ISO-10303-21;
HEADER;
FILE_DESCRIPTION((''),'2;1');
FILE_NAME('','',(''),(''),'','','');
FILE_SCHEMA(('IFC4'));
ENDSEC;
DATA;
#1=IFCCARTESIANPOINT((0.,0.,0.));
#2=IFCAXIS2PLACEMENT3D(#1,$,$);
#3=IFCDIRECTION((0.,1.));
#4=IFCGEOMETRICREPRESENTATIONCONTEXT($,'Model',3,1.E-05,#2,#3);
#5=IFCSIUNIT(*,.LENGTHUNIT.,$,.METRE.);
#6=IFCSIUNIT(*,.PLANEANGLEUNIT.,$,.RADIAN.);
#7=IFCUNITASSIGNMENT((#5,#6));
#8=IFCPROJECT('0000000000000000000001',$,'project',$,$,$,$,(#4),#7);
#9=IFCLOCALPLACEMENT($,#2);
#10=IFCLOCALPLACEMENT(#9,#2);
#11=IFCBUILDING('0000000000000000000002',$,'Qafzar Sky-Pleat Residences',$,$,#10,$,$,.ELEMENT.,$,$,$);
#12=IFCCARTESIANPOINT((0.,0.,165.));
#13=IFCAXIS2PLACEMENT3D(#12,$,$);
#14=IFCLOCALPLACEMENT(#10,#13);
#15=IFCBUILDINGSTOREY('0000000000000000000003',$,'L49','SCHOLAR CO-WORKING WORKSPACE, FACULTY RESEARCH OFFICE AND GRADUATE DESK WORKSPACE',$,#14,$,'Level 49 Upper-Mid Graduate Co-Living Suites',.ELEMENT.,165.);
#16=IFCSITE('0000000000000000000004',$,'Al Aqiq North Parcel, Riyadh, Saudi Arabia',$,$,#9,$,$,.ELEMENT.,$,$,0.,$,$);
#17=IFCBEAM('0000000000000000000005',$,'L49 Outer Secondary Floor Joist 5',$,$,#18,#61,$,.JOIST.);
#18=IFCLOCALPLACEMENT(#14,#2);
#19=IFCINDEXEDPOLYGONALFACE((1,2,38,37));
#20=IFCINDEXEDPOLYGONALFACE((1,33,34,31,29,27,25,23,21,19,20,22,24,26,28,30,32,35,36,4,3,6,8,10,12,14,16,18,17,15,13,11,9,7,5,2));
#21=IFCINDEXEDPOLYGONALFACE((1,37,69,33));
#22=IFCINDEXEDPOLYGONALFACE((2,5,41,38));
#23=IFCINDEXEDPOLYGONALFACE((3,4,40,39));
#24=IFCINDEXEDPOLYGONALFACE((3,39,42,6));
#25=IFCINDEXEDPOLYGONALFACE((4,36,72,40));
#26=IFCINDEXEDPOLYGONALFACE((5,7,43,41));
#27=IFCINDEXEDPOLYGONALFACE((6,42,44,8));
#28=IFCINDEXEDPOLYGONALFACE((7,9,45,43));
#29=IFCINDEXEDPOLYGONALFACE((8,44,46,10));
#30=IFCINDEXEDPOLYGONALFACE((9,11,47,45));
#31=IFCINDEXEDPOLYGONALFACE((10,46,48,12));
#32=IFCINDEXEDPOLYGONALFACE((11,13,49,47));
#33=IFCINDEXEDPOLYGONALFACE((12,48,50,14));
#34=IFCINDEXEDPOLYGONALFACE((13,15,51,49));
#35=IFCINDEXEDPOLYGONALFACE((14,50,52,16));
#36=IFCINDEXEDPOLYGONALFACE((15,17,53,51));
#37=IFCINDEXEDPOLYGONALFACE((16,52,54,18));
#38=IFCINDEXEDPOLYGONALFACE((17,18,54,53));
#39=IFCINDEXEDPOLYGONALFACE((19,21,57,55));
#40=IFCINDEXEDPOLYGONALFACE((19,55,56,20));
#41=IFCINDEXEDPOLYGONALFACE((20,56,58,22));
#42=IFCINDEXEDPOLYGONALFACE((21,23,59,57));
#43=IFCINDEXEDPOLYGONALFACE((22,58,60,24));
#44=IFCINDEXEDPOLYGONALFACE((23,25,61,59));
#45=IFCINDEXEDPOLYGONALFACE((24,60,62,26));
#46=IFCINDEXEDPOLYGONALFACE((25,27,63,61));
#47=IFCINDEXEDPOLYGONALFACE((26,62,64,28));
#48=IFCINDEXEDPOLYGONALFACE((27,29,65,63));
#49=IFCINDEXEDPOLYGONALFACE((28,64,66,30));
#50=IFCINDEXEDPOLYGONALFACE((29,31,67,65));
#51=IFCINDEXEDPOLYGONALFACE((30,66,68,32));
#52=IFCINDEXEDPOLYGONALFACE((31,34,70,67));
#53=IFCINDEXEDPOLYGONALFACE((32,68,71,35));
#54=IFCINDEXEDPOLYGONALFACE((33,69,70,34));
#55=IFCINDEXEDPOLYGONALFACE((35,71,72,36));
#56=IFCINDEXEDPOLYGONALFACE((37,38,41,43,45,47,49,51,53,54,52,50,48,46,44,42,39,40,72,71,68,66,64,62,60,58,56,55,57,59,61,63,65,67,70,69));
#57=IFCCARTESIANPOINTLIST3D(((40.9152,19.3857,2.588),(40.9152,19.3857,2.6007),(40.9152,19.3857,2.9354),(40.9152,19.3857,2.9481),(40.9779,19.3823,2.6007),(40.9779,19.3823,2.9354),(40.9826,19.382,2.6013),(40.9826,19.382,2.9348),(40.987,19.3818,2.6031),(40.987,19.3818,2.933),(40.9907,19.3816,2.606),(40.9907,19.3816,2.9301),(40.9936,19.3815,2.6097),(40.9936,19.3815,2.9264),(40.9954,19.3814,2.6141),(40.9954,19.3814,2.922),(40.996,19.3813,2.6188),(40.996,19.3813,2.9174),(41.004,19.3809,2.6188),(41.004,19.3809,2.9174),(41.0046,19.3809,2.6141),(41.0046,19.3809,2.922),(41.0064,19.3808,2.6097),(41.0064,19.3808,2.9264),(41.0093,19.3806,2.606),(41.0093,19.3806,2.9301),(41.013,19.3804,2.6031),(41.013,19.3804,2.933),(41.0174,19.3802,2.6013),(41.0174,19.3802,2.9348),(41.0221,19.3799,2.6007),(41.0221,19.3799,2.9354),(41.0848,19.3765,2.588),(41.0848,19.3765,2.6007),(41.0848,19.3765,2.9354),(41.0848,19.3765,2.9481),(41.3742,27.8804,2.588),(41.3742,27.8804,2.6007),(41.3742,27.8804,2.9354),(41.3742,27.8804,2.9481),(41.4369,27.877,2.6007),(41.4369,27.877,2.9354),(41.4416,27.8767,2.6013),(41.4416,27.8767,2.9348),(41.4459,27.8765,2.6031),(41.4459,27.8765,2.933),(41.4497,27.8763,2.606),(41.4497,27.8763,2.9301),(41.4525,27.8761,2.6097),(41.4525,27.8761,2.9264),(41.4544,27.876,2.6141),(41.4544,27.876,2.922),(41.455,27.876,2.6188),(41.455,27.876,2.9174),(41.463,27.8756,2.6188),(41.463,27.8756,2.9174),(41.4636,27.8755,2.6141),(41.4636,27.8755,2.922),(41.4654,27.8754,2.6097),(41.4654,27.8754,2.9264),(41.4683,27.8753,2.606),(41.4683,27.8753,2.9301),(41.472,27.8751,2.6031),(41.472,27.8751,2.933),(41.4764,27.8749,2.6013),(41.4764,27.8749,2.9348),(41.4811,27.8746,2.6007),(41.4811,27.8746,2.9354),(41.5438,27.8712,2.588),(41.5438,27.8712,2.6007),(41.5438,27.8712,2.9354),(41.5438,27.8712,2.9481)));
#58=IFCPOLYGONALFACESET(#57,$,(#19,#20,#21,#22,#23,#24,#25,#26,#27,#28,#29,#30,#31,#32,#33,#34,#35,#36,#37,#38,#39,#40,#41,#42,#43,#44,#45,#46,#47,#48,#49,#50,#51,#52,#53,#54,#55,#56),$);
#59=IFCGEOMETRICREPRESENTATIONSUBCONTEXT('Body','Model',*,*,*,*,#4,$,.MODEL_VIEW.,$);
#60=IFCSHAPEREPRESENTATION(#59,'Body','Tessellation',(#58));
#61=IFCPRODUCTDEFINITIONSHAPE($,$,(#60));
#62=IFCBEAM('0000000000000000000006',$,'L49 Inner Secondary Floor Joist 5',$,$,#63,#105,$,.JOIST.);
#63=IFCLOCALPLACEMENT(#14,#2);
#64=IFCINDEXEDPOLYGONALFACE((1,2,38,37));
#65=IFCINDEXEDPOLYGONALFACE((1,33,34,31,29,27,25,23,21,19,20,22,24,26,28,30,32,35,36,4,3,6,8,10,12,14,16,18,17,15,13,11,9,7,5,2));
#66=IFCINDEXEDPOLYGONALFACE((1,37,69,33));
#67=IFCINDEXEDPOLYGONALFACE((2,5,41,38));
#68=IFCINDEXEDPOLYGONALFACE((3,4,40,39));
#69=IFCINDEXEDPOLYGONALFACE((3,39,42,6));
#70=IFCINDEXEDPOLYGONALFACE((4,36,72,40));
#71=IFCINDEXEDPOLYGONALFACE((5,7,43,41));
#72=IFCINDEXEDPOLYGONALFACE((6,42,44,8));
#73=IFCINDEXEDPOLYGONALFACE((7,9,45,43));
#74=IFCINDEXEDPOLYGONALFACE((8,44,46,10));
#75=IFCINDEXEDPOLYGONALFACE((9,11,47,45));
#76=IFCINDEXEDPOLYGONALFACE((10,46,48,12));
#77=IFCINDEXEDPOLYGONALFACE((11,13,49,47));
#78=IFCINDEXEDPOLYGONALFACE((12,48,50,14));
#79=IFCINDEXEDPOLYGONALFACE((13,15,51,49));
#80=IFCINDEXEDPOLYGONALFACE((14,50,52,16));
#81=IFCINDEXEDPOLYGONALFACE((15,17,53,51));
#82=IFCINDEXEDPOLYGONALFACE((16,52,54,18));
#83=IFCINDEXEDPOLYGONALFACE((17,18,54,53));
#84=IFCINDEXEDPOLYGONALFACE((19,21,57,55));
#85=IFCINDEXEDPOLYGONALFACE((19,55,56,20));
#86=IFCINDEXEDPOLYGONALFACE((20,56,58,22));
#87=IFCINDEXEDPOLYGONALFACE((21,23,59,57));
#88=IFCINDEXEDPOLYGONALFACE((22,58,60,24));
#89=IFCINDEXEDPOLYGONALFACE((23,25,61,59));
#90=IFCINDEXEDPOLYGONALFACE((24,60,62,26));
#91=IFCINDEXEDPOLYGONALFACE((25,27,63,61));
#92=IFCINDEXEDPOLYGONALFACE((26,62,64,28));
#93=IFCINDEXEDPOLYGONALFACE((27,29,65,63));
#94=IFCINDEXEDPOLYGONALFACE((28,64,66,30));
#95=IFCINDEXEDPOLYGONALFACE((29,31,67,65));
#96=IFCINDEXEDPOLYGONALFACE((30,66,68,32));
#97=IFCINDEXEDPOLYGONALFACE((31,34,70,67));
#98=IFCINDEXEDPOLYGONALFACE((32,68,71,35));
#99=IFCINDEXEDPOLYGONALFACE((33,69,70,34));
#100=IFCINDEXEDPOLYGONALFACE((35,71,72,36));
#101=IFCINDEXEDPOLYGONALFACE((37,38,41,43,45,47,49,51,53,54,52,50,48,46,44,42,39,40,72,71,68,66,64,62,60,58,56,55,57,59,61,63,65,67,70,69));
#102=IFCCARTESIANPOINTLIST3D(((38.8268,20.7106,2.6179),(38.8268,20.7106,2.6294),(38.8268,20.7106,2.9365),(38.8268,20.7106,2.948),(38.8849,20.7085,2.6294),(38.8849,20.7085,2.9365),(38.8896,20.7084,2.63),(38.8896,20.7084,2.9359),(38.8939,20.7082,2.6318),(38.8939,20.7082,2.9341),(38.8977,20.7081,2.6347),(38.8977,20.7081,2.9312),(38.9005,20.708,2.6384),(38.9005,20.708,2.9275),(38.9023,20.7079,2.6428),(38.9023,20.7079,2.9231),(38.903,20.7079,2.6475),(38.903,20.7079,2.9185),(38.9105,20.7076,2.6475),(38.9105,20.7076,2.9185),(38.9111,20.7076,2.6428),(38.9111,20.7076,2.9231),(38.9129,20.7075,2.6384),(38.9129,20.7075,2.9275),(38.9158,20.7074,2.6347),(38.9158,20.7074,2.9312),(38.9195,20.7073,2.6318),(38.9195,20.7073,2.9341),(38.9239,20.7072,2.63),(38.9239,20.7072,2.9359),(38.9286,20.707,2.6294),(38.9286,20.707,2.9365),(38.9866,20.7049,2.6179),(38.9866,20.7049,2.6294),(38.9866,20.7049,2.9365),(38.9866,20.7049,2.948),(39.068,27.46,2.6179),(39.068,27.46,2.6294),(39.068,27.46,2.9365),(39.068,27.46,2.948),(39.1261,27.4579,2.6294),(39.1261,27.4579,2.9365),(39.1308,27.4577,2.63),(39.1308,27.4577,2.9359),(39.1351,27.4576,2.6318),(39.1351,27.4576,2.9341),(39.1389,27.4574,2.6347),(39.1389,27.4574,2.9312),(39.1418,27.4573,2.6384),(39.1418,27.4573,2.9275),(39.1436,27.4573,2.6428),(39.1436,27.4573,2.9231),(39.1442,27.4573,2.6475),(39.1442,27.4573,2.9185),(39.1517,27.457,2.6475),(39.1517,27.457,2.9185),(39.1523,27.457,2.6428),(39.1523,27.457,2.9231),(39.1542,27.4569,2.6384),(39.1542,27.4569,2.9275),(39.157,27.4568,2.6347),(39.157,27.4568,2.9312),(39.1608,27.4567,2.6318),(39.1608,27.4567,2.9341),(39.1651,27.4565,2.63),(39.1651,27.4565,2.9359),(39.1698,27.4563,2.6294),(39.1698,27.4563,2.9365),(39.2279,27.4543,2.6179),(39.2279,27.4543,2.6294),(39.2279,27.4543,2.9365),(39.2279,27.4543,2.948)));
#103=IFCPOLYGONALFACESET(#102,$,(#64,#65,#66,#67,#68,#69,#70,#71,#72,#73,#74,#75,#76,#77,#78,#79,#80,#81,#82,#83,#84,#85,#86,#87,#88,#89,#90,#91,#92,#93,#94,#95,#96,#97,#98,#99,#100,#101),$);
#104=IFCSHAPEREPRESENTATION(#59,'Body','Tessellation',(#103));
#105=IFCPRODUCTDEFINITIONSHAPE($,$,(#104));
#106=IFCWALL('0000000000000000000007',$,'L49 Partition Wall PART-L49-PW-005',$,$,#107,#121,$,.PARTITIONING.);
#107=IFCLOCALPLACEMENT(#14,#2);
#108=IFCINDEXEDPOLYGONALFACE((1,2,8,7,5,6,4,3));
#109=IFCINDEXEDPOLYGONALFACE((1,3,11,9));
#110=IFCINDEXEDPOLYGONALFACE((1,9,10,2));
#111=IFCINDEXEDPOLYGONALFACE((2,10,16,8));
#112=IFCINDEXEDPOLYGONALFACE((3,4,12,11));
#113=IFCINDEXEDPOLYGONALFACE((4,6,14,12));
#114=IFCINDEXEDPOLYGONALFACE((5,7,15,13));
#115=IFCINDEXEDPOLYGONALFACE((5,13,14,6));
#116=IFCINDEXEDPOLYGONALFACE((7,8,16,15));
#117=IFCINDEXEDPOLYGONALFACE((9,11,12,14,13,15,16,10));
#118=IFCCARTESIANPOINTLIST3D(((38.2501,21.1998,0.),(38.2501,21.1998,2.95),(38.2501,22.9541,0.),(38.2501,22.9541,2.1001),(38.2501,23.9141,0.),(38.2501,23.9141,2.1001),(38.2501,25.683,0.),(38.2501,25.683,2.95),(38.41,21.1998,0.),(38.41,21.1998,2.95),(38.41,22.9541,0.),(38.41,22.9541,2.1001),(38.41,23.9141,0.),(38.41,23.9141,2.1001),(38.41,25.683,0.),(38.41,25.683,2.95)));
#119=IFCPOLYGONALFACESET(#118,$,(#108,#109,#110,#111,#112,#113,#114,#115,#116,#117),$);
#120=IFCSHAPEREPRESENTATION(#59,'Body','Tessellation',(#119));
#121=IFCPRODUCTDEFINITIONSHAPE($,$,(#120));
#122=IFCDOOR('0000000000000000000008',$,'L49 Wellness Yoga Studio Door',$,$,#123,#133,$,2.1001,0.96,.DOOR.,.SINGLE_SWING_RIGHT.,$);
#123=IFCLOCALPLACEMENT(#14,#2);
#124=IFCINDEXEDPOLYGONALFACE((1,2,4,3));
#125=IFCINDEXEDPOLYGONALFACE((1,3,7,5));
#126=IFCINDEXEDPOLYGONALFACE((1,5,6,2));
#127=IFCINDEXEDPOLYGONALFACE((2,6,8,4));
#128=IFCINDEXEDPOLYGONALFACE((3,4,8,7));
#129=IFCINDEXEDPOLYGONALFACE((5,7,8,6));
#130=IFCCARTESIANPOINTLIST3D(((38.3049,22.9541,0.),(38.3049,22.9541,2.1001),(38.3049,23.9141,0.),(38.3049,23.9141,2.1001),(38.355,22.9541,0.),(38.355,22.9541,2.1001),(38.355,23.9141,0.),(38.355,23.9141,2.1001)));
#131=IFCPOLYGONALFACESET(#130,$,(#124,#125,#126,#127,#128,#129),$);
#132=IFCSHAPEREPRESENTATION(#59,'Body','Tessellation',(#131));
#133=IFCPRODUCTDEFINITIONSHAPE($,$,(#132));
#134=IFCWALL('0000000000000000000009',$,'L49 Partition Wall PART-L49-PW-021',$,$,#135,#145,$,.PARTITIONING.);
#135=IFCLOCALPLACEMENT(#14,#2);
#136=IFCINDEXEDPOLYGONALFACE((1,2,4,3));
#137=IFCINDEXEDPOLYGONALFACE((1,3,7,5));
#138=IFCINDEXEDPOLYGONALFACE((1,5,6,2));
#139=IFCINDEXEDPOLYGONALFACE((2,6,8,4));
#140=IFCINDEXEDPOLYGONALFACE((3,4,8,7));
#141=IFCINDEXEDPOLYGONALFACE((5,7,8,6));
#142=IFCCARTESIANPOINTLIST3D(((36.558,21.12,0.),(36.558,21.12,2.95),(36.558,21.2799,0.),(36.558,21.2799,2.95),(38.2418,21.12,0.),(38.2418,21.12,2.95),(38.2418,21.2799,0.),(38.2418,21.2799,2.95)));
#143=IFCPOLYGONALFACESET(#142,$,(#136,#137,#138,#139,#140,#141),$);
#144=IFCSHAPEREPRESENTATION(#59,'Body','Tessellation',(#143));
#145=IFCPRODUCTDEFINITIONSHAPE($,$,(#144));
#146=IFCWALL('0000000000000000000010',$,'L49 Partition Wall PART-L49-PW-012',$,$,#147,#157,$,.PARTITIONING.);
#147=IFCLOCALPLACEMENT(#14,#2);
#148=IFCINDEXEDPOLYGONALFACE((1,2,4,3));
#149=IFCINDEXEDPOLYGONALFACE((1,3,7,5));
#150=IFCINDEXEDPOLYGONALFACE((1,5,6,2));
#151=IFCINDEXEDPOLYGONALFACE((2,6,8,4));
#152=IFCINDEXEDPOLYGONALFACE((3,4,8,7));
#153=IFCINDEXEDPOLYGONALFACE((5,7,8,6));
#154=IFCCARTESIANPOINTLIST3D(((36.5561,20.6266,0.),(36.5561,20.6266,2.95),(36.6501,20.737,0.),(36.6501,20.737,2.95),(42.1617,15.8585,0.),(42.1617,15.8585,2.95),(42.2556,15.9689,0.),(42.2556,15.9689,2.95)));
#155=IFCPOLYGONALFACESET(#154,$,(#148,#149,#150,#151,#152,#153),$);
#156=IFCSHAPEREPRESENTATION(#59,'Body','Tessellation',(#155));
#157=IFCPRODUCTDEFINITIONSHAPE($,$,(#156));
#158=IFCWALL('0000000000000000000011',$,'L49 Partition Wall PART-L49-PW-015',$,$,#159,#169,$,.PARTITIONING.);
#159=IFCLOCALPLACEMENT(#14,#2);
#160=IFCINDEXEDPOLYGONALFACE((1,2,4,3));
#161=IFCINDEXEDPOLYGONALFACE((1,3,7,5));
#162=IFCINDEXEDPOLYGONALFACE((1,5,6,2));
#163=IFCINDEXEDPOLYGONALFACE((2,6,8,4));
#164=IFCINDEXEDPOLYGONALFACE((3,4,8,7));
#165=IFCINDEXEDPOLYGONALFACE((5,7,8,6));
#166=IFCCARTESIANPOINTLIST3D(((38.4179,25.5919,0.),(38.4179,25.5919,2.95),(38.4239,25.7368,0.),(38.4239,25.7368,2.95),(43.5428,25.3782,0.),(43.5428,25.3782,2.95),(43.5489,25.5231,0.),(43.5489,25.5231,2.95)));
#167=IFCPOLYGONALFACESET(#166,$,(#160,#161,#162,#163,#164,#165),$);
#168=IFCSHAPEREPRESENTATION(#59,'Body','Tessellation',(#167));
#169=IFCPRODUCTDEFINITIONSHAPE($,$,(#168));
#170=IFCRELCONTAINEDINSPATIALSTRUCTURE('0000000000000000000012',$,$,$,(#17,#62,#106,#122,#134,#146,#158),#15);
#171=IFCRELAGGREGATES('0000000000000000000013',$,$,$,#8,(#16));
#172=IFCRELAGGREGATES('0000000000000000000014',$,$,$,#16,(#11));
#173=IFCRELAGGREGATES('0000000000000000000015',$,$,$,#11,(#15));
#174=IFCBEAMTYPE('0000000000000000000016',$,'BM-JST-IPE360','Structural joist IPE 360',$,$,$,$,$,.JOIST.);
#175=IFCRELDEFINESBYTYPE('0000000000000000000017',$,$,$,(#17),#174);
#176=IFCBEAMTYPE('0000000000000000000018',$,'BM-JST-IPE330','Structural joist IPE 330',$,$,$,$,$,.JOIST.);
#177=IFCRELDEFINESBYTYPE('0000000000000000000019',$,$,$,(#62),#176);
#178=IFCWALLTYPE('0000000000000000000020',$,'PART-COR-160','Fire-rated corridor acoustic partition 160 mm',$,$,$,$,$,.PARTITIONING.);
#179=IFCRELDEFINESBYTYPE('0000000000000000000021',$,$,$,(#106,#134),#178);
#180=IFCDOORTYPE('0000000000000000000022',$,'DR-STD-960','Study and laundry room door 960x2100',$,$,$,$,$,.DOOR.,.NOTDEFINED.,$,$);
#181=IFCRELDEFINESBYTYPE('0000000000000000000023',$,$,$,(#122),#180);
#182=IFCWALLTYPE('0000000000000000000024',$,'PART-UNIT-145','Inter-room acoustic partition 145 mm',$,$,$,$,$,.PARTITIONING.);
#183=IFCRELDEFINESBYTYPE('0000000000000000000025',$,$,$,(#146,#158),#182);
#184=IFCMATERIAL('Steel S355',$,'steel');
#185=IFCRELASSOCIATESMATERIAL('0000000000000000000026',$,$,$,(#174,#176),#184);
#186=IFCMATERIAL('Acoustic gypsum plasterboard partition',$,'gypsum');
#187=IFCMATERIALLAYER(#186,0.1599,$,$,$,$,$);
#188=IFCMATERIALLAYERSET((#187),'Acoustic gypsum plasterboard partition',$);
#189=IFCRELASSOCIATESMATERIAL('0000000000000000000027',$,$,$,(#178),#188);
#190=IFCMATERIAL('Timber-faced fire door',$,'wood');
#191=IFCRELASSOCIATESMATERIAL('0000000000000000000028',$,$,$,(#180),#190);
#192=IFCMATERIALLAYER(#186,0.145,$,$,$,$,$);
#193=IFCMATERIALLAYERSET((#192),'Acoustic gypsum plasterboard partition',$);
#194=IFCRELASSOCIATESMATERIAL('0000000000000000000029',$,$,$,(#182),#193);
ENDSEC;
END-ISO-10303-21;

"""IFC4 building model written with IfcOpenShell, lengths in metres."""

from ifc_helpers import new_model, si_unit, direction, frame, frame_2d, origin, origin_2d, place, context, subcontext, project, spatial, rectangle, i_section, extrude, source, transform, mapped, material, layer, layer_set, material_profile, profile_set, type_object, element, fill, save


model = new_model("IFC4")

# Units and contexts
model_context = context("Model", 3, precision=1e-05, world=origin(), true_north=direction((0.0, 1.0)))
body_context = subcontext(model_context, "Body", "Model", "MODEL_VIEW")
ifc_project = project(units=[si_unit("LENGTHUNIT", "METRE"), si_unit("PLANEANGLEUNIT", "RADIAN")], contexts=[model_context])

# Site, building, storey
site_placement = place(None, origin())
site = spatial("IfcSite", under=ifc_project, at=site_placement, Name="Al Aqiq North Parcel, Riyadh, Saudi Arabia", CompositionType="ELEMENT", RefElevation=0.0)
building_placement = place(site_placement, origin())
building = spatial("IfcBuilding", under=site, at=building_placement, Name="Qafzar Sky-Pleat Residences", CompositionType="ELEMENT")
storey_placement = place(building_placement, frame((0.0, 0.0, 165.0)))
storey = spatial("IfcBuildingStorey", under=building, at=storey_placement, Name="L49", Description="SCHOLAR CO-WORKING WORKSPACE, FACULTY RESEARCH OFFICE AND GRADUATE DESK WORKSPACE", LongName="Level 49 Upper-Mid Graduate Co-Living Suites", CompositionType="ELEMENT", Elevation=165.0)

# Shared definitions
ifc_material_1 = material(Name="Steel S355", Category="steel")

# Beams
ifc_material_profile_1 = material_profile(ifc_material_1, i_section(OverallWidth=0.1699, OverallDepth=0.3601, WebThickness=0.0081, FlangeThickness=0.0127, FilletRadius=0.0181, at=origin_2d()), Name="IPE 360")
ifc_profile_set_1 = profile_set([ifc_material_profile_1], Name="Steel S355")
beam_type_1 = type_object("IfcBeamType", Name="BM-JST-IPE360", Description="Structural joist IPE 360", PredefinedType="JOIST", material=ifc_profile_set_1)
shared_shape_1 = source(origin(), body_context, "Body", "SweptSolid", [
    extrude(i_section(OverallWidth=0.1699, OverallDepth=0.3601, WebThickness=0.0081, FlangeThickness=0.0127, FilletRadius=0.0181, at=origin_2d()), origin(), (0.0, 0.0, 1.0), 8.5071),
])
beam_1_placement = place(storey_placement, frame((41.0, 19.3811, 2.7681), z_axis=(0.053954, 0.998543, 0.0), x_axis=(-0.998543, 0.053954, 0.0)))
element("IfcBeam", 1, at=beam_1_placement, inside=storey, type_object=beam_type_1, Name="L49 Outer Secondary Floor Joist 5", PredefinedType="JOIST", context=body_context, shape_type="MappedRepresentation", body=[
    mapped(shared_shape_1, transform((0.0, 0.0, 0.0), x_axis=(1.0, 0.0, 0.0), y_axis=(0.0, 1.0, 0.0), z_axis=(0.0, 0.0, 1.0), scale=1.0)),
])
ifc_material_profile_2 = material_profile(ifc_material_1, i_section(OverallWidth=0.1599, OverallDepth=0.3301, WebThickness=0.0076, FlangeThickness=0.0115, FilletRadius=0.0181, at=origin_2d()), Name="IPE 330")
ifc_profile_set_2 = profile_set([ifc_material_profile_2], Name="Steel S355")
beam_type_2 = type_object("IfcBeamType", Name="BM-JST-IPE330", Description="Structural joist IPE 330", PredefinedType="JOIST", material=ifc_profile_set_2)
shared_shape_2 = source(origin(), body_context, "Body", "SweptSolid", [
    extrude(i_section(OverallWidth=0.1599, OverallDepth=0.3301, WebThickness=0.0076, FlangeThickness=0.0115, FilletRadius=0.0181, at=origin_2d()), origin(), (0.0, 0.0, 1.0), 6.7537),
])
beam_2_placement = place(storey_placement, frame((38.9067, 20.7078, 2.783), z_axis=(0.035716, 0.999362, 0.0), x_axis=(-0.999362, 0.035716, 0.0)))
element("IfcBeam", 2, at=beam_2_placement, inside=storey, type_object=beam_type_2, Name="L49 Inner Secondary Floor Joist 5", PredefinedType="JOIST", context=body_context, shape_type="MappedRepresentation", body=[
    mapped(shared_shape_2, transform((0.0, 0.0, 0.0), x_axis=(1.0, 0.0, 0.0), y_axis=(0.0, 1.0, 0.0), z_axis=(0.0, 0.0, 1.0), scale=1.0)),
])

# Wall, opening, door
ifc_material_2 = material(Name="Acoustic gypsum plasterboard partition", Category="gypsum")
ifc_layer_1 = layer(ifc_material_2, 0.1599)
ifc_layer_set_1 = layer_set([ifc_layer_1], Name="Acoustic gypsum plasterboard partition")
wall_type_1 = type_object("IfcWallType", Name="PART-COR-160", Description="Fire-rated corridor acoustic partition 160 mm", PredefinedType="PARTITIONING", material=ifc_layer_set_1)
wall_1_placement = place(storey_placement, frame((38.3301, 25.6831, 0.0), z_axis=(0.0, 0.0, 1.0), x_axis=(0.0, -1.0, 0.0)))
wall_1 = element("IfcWall", 3, at=wall_1_placement, inside=storey, type_object=wall_type_1, Name="L49 Partition Wall PART-L49-PW-005", PredefinedType="PARTITIONING", context=body_context, shape_type="SweptSolid", body=[
    extrude(rectangle(XDim=4.4832, YDim=0.1599, at=frame_2d((2.2417, 0.0))), origin(), (0.0, 0.0, 1.0), 2.95),
])
opening_1_placement = place(wall_1_placement, frame((1.769, 0.0, 0.0)))
opening_1 = element("IfcOpeningElement", 4, at=opening_1_placement, cuts=wall_1, PredefinedType="OPENING", context=body_context, shape_type="SweptSolid", body=[
    extrude(rectangle(XDim=0.96, YDim=2.1001, at=frame_2d((0.48, 1.05))), frame((0.0, 0.0898, 0.0), z_axis=(0.0, -1.0, 0.0), x_axis=(1.0, 0.0, 0.0)), (0.0, 0.0, 1.0), 0.1799),
])
ifc_material_3 = material(Name="Timber-faced fire door", Category="wood")
door_type_1 = type_object("IfcDoorType", Name="DR-STD-960", Description="Study and laundry room door 960x2100", OperationType="NOTDEFINED", PredefinedType="DOOR", material=ifc_material_3)
shared_shape_3 = source(origin(), body_context, "Body", "SweptSolid", [
    extrude(rectangle(XDim=0.96, YDim=2.1001, at=frame_2d((0.48, 1.05))), frame((0.0, 0.0249, 0.0), z_axis=(0.0, -1.0, 0.0), x_axis=(1.0, 0.0, 0.0)), (0.0, 0.0, 1.0), 0.05),
])
door_1_placement = place(opening_1_placement, origin())
door_1 = element("IfcDoor", 5, at=door_1_placement, inside=storey, type_object=door_type_1, Name="L49 Wellness Yoga Studio Door", OperationType="SINGLE_SWING_RIGHT", OverallHeight=2.1001, OverallWidth=0.96, PredefinedType="DOOR", context=body_context, shape_type="MappedRepresentation", body=[
    mapped(shared_shape_3, transform((0.0, 0.0, 0.0), x_axis=(1.0, 0.0, 0.0), y_axis=(0.0, 1.0, 0.0), z_axis=(0.0, 0.0, 1.0), scale=1.0)),
])
fill(opening_1, door_1)

# Walls
wall_2_placement = place(storey_placement, frame((36.5581, 21.2, 0.0), z_axis=(0.0, 0.0, 1.0), x_axis=(1.0, 0.0, 0.0)))
element("IfcWall", 6, at=wall_2_placement, inside=storey, type_object=wall_type_1, Name="L49 Partition Wall PART-L49-PW-021", PredefinedType="PARTITIONING", context=body_context, shape_type="SweptSolid", body=[
    extrude(rectangle(XDim=1.6838, YDim=0.1599, at=frame_2d((0.8418, 0.0))), origin(), (0.0, 0.0, 1.0), 2.95),
])
ifc_layer_2 = layer(ifc_material_2, 0.145)
ifc_layer_set_2 = layer_set([ifc_layer_2], Name="Acoustic gypsum plasterboard partition")
wall_type_2 = type_object("IfcWallType", Name="PART-UNIT-145", Description="Inter-room acoustic partition 145 mm", PredefinedType="PARTITIONING", material=ifc_layer_set_2)
wall_3_placement = place(storey_placement, frame((36.603, 20.6819, 0.0), z_axis=(0.0, 0.0, 1.0), x_axis=(0.76171, -0.647918, 0.0)))
element("IfcWall", 7, at=wall_3_placement, inside=storey, type_object=wall_type_2, Name="L49 Partition Wall PART-L49-PW-012", PredefinedType="PARTITIONING", context=body_context, shape_type="SweptSolid", body=[
    extrude(rectangle(XDim=7.3591, YDim=0.145, at=frame_2d((3.6797, 0.0))), origin(), (0.0, 0.0, 1.0), 2.95),
])
wall_4_placement = place(storey_placement, frame((38.4209, 25.6643, 0.0), z_axis=(0.0, 0.0, 1.0), x_axis=(0.999132, -0.041646, 0.0)))
element("IfcWall", 8, at=wall_4_placement, inside=storey, type_object=wall_type_2, Name="L49 Partition Wall PART-L49-PW-015", PredefinedType="PARTITIONING", context=body_context, shape_type="SweptSolid", body=[
    extrude(rectangle(XDim=5.1294, YDim=0.145, at=frame_2d((2.5647, 0.0))), origin(), (0.0, 0.0, 1.0), 2.95),
])

save(model, "model.ifc")
